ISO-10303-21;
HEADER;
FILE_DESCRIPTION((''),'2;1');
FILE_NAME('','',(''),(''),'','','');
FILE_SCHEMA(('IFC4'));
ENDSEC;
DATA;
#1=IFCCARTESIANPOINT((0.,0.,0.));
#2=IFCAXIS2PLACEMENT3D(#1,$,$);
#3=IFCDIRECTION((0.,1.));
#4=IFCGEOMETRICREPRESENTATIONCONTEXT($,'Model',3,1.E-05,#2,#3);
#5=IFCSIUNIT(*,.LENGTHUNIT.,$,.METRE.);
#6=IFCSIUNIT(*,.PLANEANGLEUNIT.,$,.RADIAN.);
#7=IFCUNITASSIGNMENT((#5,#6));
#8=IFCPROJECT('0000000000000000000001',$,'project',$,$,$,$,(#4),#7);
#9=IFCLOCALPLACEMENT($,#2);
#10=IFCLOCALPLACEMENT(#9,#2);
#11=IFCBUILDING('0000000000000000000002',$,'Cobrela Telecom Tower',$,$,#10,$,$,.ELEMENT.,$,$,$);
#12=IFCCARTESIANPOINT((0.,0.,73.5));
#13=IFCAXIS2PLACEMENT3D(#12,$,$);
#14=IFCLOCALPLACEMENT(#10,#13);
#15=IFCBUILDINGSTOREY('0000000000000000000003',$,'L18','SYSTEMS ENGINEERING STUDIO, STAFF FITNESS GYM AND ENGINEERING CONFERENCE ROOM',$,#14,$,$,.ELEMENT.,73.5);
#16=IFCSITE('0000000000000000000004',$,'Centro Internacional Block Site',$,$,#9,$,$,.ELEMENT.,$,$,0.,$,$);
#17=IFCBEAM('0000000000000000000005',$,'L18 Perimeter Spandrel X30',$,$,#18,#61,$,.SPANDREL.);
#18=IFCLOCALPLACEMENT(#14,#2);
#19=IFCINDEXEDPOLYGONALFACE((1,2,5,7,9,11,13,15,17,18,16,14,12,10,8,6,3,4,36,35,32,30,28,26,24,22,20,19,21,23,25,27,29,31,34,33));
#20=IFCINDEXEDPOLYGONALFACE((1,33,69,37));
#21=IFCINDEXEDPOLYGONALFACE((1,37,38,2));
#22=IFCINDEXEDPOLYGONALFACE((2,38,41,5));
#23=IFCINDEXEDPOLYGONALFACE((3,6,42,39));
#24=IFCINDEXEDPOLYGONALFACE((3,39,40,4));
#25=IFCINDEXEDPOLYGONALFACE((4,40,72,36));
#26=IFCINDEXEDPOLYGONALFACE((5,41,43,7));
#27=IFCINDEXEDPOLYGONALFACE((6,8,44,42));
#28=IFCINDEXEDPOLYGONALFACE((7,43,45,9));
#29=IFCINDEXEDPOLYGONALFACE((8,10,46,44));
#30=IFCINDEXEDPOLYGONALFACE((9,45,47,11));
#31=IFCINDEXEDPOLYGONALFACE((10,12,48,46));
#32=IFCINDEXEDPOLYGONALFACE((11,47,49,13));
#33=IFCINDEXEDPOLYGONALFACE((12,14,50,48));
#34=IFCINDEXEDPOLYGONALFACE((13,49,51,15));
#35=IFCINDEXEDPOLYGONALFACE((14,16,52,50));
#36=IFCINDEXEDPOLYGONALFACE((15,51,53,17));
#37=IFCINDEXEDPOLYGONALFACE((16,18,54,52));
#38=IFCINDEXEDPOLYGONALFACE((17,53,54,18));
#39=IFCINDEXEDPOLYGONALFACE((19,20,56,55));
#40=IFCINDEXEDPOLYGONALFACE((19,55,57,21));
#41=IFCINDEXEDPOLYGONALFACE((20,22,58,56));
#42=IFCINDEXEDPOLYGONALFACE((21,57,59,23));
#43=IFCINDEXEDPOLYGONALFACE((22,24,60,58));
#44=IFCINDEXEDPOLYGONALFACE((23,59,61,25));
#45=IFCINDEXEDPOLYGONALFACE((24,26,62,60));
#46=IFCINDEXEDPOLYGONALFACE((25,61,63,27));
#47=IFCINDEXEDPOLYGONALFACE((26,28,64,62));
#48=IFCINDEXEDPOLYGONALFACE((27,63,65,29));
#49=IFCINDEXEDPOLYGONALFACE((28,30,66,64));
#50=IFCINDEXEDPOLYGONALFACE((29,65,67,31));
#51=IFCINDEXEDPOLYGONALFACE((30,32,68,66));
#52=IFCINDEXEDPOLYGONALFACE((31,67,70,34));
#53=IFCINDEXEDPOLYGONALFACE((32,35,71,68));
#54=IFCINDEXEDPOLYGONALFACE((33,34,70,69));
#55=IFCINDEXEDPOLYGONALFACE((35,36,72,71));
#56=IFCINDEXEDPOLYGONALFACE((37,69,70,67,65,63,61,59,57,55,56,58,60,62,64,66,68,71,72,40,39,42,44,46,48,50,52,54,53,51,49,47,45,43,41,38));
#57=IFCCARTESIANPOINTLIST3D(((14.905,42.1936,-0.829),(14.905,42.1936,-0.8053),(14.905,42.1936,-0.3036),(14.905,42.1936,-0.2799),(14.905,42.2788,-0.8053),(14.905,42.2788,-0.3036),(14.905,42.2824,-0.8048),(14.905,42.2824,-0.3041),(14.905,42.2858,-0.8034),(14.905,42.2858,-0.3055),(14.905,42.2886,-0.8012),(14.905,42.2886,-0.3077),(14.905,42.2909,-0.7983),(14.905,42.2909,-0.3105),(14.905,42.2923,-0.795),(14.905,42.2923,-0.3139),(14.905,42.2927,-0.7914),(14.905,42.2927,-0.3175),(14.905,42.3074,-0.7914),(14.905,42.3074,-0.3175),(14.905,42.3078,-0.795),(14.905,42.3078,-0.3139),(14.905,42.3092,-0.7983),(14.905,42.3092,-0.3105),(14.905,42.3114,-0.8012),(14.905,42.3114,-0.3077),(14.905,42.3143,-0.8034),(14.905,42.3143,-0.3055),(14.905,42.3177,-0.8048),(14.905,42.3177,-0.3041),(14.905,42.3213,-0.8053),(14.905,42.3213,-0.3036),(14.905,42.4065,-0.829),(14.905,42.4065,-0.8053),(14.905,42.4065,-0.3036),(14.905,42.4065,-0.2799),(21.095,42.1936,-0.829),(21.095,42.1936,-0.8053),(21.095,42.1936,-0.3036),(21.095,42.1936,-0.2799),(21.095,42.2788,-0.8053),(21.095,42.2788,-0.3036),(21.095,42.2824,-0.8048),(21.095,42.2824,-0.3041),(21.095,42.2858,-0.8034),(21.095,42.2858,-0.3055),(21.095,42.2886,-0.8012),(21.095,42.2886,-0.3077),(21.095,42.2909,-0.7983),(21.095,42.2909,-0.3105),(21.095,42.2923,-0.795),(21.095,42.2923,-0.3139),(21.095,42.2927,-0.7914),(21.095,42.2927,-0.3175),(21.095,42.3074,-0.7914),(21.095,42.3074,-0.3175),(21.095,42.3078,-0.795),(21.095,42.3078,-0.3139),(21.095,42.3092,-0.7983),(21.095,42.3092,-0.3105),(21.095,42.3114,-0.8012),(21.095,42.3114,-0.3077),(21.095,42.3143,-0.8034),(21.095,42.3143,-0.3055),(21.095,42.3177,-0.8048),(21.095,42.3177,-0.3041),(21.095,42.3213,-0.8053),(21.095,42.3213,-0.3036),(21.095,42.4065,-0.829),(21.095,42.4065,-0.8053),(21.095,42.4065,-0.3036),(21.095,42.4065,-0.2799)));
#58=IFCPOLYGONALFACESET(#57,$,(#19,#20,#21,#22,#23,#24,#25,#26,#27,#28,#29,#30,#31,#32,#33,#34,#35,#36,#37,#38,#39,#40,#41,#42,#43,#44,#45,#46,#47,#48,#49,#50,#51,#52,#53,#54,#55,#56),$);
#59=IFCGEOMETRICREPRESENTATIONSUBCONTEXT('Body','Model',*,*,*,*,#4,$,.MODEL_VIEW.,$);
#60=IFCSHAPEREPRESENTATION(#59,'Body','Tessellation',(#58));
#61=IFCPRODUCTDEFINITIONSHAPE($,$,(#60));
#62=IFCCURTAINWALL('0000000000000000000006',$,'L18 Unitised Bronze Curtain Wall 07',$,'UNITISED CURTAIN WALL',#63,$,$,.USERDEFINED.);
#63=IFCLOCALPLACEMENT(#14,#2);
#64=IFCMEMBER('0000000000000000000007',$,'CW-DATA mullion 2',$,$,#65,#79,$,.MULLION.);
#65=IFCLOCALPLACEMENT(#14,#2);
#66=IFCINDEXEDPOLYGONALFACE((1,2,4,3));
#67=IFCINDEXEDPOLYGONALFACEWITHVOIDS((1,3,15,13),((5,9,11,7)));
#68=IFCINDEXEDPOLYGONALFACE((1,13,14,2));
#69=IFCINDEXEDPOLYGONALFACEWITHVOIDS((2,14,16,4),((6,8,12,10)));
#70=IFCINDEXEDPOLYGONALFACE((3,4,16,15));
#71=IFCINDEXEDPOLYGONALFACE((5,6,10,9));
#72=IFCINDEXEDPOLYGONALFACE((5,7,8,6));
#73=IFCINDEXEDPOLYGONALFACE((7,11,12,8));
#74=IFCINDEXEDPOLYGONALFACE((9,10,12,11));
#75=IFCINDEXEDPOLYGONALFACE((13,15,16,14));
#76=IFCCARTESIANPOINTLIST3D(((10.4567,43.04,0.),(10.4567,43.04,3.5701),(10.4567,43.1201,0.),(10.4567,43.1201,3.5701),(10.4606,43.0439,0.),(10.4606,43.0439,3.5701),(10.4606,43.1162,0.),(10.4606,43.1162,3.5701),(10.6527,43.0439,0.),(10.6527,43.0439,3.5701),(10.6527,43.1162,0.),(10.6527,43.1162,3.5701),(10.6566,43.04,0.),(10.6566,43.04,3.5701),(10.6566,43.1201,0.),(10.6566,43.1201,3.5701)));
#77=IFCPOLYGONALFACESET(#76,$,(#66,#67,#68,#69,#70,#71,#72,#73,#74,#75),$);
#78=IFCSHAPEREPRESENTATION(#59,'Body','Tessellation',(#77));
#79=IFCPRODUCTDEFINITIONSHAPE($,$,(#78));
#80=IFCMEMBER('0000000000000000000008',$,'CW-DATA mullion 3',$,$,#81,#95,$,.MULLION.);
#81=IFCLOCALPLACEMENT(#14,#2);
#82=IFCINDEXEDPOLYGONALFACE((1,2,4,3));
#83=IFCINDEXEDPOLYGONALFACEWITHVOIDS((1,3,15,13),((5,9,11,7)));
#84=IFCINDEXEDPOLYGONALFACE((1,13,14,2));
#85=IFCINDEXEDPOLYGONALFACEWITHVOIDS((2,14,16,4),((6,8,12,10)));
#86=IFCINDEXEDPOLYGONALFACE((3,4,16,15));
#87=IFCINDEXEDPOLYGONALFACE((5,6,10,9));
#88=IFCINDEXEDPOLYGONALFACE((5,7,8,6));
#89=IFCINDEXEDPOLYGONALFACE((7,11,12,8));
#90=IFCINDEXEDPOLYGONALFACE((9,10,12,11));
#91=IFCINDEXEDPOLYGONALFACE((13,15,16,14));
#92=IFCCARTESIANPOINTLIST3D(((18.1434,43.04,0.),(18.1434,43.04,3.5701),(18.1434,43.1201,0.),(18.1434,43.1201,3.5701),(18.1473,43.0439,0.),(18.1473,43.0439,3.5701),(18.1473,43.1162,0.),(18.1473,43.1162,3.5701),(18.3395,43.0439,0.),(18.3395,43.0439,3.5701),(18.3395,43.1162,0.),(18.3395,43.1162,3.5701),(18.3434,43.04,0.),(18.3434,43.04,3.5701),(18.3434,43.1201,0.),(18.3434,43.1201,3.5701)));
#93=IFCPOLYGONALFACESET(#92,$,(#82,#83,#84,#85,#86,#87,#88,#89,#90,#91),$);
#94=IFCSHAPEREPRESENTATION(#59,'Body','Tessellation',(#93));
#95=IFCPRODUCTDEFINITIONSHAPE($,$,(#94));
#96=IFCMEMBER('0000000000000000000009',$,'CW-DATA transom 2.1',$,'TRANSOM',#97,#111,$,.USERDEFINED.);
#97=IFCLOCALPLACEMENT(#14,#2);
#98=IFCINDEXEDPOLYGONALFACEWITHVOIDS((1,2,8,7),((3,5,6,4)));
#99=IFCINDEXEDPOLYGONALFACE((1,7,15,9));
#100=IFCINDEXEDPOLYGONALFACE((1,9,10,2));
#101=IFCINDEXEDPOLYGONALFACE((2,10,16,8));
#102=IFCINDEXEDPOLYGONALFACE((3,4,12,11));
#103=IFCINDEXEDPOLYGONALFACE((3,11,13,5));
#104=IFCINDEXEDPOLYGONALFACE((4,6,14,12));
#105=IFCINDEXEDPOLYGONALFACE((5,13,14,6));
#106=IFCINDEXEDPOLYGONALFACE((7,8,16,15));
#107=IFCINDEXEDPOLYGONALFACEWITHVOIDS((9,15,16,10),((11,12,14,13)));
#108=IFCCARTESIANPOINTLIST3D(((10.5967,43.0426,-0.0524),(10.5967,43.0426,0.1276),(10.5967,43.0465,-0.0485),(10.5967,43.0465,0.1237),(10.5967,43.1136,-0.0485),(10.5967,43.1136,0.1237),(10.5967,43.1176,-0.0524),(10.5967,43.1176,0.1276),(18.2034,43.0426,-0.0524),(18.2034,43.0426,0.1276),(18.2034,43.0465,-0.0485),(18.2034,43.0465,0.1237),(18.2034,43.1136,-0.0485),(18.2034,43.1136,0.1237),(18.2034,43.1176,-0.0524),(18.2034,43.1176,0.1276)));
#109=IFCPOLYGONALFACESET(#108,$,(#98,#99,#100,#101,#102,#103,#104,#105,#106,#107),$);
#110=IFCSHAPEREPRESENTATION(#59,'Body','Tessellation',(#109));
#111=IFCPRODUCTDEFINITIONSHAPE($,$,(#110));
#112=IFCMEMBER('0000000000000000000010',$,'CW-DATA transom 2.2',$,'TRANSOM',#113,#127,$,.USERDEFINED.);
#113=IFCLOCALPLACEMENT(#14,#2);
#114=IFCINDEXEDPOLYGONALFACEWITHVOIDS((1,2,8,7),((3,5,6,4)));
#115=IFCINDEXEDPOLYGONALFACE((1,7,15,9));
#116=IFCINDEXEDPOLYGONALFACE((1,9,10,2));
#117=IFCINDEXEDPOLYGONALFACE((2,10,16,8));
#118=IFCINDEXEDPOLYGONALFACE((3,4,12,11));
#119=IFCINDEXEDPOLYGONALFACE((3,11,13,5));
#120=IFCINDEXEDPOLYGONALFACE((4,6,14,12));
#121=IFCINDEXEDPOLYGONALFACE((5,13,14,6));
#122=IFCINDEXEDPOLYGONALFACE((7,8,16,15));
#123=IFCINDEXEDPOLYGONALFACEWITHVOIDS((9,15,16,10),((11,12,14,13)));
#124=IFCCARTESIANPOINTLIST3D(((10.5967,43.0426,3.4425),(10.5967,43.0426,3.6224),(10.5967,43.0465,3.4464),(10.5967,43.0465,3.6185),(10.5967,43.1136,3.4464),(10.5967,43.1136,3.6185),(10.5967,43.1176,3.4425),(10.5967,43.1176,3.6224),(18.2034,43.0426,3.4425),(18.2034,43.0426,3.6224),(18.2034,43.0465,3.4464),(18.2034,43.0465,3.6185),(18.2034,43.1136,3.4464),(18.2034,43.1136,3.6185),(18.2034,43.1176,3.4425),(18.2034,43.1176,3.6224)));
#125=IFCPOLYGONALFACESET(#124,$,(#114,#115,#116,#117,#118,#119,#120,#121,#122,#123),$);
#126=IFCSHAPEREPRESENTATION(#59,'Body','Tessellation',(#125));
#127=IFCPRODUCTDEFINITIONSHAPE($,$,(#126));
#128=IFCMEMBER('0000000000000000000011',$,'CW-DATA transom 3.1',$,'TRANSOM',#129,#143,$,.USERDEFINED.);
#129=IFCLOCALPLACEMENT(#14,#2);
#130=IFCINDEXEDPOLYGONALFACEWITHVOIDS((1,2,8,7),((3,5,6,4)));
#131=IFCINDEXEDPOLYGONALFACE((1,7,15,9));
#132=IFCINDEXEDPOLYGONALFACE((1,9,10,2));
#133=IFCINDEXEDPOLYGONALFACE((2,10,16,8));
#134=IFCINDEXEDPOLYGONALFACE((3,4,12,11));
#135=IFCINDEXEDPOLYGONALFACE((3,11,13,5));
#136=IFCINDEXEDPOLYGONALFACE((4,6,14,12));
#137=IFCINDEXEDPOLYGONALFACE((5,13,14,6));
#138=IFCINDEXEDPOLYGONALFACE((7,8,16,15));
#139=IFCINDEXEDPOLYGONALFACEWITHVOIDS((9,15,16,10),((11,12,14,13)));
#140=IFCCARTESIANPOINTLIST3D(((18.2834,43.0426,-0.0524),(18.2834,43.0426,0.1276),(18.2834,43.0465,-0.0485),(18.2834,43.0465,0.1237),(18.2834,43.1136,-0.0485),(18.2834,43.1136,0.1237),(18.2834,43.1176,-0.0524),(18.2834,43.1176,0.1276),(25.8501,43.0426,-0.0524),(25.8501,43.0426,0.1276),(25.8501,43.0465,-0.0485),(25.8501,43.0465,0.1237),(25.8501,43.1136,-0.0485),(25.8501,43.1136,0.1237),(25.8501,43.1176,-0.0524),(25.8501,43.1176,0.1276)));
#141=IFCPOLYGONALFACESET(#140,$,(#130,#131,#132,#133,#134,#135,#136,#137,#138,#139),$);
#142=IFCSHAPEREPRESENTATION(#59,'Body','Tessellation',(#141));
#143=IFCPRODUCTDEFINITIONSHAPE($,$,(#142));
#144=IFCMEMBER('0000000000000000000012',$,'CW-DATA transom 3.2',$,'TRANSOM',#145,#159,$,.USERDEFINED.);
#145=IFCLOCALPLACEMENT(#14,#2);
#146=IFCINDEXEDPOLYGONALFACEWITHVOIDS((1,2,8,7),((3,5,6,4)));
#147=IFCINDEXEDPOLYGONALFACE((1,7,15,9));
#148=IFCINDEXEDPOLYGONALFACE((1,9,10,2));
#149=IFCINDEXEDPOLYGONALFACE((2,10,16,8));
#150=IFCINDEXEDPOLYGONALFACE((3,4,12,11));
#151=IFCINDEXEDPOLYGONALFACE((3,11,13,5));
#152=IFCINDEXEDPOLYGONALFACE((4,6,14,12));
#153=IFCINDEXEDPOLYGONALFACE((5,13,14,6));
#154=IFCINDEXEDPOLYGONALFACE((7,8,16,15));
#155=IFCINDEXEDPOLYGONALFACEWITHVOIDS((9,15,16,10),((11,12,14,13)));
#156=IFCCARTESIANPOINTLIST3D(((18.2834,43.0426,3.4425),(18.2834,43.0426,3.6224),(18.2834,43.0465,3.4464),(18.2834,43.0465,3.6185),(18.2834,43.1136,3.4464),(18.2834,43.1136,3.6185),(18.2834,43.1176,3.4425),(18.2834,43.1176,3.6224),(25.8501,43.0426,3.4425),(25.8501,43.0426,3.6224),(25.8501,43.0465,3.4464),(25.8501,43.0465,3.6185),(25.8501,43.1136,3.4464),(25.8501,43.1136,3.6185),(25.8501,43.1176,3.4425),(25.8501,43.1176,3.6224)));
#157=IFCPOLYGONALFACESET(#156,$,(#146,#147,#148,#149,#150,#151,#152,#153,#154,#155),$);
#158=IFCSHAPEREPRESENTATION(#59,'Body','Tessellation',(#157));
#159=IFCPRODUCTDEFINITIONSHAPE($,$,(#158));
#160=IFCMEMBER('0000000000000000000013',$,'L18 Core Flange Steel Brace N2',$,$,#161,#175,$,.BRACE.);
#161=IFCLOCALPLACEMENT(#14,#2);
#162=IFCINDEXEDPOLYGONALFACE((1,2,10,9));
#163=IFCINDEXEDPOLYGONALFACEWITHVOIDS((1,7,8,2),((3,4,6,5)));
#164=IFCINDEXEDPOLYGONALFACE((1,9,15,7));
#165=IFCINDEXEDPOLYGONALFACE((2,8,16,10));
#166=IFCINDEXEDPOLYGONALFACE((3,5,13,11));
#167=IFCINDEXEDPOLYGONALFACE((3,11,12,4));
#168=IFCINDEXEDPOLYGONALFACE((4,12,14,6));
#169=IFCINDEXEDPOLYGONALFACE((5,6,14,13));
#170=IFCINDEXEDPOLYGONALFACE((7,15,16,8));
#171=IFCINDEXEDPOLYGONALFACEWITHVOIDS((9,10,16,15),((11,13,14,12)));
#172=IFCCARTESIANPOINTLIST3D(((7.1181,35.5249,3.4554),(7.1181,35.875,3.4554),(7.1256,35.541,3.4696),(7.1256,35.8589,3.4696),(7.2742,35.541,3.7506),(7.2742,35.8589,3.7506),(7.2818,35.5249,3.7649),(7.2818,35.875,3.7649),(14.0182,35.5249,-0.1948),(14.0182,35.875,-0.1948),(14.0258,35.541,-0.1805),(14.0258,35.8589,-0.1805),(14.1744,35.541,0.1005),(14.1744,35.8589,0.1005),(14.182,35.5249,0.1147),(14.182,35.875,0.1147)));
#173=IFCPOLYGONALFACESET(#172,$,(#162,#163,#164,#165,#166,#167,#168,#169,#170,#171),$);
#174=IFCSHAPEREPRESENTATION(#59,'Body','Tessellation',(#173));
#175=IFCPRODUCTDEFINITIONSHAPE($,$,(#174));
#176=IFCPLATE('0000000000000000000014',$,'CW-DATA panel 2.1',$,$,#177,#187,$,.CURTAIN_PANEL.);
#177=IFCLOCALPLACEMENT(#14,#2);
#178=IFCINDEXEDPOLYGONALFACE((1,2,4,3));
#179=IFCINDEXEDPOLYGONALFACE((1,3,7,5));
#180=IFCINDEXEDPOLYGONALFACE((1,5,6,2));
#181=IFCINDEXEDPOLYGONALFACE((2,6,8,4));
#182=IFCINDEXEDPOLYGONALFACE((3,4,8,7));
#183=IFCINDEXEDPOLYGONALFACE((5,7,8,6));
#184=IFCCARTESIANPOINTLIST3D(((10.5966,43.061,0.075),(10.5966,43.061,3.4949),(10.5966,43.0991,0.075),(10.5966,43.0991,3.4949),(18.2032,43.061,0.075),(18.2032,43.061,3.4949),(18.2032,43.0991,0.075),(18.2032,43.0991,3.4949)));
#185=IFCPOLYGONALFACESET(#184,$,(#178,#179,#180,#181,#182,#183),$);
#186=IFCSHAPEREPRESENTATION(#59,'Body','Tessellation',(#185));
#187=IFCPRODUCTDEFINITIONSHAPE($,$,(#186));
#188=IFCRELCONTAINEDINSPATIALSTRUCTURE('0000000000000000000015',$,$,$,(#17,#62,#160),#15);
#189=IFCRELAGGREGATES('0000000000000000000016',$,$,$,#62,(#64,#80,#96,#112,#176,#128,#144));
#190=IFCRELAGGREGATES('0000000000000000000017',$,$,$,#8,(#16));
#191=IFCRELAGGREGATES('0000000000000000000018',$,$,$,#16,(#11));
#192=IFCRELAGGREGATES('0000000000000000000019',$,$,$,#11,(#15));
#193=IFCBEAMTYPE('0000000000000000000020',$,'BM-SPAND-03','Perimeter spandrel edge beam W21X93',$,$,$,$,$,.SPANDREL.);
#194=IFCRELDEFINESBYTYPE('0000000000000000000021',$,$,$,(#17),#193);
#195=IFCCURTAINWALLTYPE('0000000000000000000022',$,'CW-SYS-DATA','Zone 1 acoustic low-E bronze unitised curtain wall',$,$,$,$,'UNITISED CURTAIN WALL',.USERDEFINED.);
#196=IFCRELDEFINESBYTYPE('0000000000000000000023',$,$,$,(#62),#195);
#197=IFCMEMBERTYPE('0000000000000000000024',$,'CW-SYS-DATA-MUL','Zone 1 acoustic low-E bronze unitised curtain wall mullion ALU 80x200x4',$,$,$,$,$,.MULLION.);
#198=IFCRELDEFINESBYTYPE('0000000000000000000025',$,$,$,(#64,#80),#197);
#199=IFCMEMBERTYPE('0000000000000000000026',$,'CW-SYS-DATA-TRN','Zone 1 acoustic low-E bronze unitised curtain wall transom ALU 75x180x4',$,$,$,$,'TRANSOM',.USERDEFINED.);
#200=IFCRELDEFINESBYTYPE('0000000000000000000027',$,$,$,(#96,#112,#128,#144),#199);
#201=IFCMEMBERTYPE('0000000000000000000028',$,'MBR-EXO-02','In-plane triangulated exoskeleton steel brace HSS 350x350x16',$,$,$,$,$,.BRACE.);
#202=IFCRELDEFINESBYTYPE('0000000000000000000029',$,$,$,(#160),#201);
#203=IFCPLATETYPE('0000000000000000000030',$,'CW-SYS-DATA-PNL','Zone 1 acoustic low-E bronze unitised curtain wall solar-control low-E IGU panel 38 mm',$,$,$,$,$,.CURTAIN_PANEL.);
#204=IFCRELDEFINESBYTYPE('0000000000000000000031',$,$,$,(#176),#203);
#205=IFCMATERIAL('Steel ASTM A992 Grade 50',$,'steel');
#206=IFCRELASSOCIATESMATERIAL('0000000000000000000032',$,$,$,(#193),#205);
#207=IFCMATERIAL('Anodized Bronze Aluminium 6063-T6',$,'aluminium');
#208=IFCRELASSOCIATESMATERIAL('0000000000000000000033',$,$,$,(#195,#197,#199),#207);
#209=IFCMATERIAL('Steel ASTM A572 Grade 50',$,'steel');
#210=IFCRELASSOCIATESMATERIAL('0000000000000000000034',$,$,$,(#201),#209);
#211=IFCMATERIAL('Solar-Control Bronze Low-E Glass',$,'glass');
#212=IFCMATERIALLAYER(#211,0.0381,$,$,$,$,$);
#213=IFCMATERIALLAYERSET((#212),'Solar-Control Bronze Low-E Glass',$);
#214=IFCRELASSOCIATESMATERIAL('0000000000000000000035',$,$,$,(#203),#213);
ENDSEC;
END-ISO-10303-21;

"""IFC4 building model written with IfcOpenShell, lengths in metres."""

from ifc_helpers import new_model, si_unit, direction, frame, origin, origin_2d, place, context, subcontext, project, spatial, rectangle, hollow_rectangle, i_section, extrude, material, layer, layer_set, material_profile, profile_set, type_object, element, aggregate, save


model = new_model("IFC4")

# Units and contexts
model_context = context("Model", 3, precision=1e-05, world=origin(), true_north=direction((0.0, 1.0)))
body_context = subcontext(model_context, "Body", "Model", "MODEL_VIEW")
ifc_project = project(units=[si_unit("LENGTHUNIT", "METRE"), si_unit("PLANEANGLEUNIT", "RADIAN")], contexts=[model_context])

# Site, building, storey
site_placement = place(None, origin())
site = spatial("IfcSite", under=ifc_project, at=site_placement, Name="Centro Internacional Block Site", CompositionType="ELEMENT", RefElevation=0.0)
building_placement = place(site_placement, origin())
building = spatial("IfcBuilding", under=site, at=building_placement, Name="Cobrela Telecom Tower", CompositionType="ELEMENT")
storey_placement = place(building_placement, frame((0.0, 0.0, 73.5)))
storey = spatial("IfcBuildingStorey", under=building, at=storey_placement, Name="L18", Description="SYSTEMS ENGINEERING STUDIO, STAFF FITNESS GYM AND ENGINEERING CONFERENCE ROOM", CompositionType="ELEMENT", Elevation=73.5)

# Shared definitions
ifc_material_1 = material(Name="Steel ASTM A572 Grade 50", Category="steel")

# Beam
ifc_material_2 = material(Name="Steel ASTM A992 Grade 50", Category="steel")
ifc_material_profile_1 = material_profile(ifc_material_2, i_section(OverallWidth=0.2129, OverallDepth=0.5491, WebThickness=0.0146, FlangeThickness=0.0237, FilletRadius=0.0139, at=origin_2d()), Name="W21X93")
ifc_profile_set_1 = profile_set([ifc_material_profile_1], Name="Steel ASTM A992 Grade 50")
beam_type_1 = type_object("IfcBeamType", Name="BM-SPAND-03", Description="Perimeter spandrel edge beam W21X93", PredefinedType="SPANDREL", material=ifc_profile_set_1)
beam_1_placement = place(storey_placement, frame((14.905, 42.3, -0.5544), z_axis=(1.0, 0.0, 0.0), x_axis=(0.0, 1.0, 0.0)))
element("IfcBeam", 1, at=beam_1_placement, inside=storey, type_object=beam_type_1, Name="L18 Perimeter Spandrel X30", PredefinedType="SPANDREL", context=body_context, shape_type="SweptSolid", body=[
    extrude(i_section(OverallWidth=0.2129, OverallDepth=0.5491, WebThickness=0.0146, FlangeThickness=0.0237, FilletRadius=0.0139, at=origin_2d()), origin(), (0.0, 0.0, 1.0), 6.1899),
])

# Curtain wall, members
ifc_material_3 = material(Name="Anodized Bronze Aluminium 6063-T6", Category="aluminium")
curtain_wall_type = type_object("IfcCurtainWallType", Name="CW-SYS-DATA", Description="Zone 1 acoustic low-E bronze unitised curtain wall", ElementType="UNITISED CURTAIN WALL", PredefinedType="USERDEFINED", material=ifc_material_3)
curtain_wall_placement = place(storey_placement, origin())
curtain_wall = element("IfcCurtainWall", 2, at=curtain_wall_placement, inside=storey, type_object=curtain_wall_type, Name="L18 Unitised Bronze Curtain Wall 07", ObjectType="UNITISED CURTAIN WALL", PredefinedType="USERDEFINED")
ifc_material_profile_2 = material_profile(ifc_material_3, hollow_rectangle(XDim=0.0801, YDim=0.2, WallThickness=0.0039, at=origin_2d()), Name="ALU 80x200x4")
ifc_profile_set_2 = profile_set([ifc_material_profile_2], Name="Anodized Bronze Aluminium 6063-T6")
member_type_1 = type_object("IfcMemberType", Name="CW-SYS-DATA-MUL", Description="Zone 1 acoustic low-E bronze unitised curtain wall mullion ALU 80x200x4", PredefinedType="MULLION", material=ifc_profile_set_2)
member_1_placement = place(storey_placement, frame((10.5566, 43.0801, 0.0), z_axis=(0.0, 0.0, 1.0), x_axis=(0.0, 1.0, 0.0)))
member_1 = element("IfcMember", 3, at=member_1_placement, type_object=member_type_1, Name="CW-DATA mullion 2", PredefinedType="MULLION", context=body_context, shape_type="SweptSolid", body=[
    extrude(hollow_rectangle(XDim=0.0801, YDim=0.2, WallThickness=0.0039, at=origin_2d()), origin(), (0.0, 0.0, 1.0), 3.5701),
])
member_2_placement = place(storey_placement, frame((18.2434, 43.0801, 0.0), z_axis=(0.0, 0.0, 1.0), x_axis=(0.0, 1.0, 0.0)))
member_2 = element("IfcMember", 4, at=member_2_placement, type_object=member_type_1, Name="CW-DATA mullion 3", PredefinedType="MULLION", context=body_context, shape_type="SweptSolid", body=[
    extrude(hollow_rectangle(XDim=0.0801, YDim=0.2, WallThickness=0.0039, at=origin_2d()), origin(), (0.0, 0.0, 1.0), 3.5701),
])
ifc_material_profile_3 = material_profile(ifc_material_3, hollow_rectangle(XDim=0.075, YDim=0.1799, WallThickness=0.0039, at=origin_2d()), Name="ALU 75x180x4")
ifc_profile_set_3 = profile_set([ifc_material_profile_3], Name="Anodized Bronze Aluminium 6063-T6")
member_type_2 = type_object("IfcMemberType", Name="CW-SYS-DATA-TRN", Description="Zone 1 acoustic low-E bronze unitised curtain wall transom ALU 75x180x4", ElementType="TRANSOM", PredefinedType="USERDEFINED", material=ifc_profile_set_3)
member_3_placement = place(storey_placement, frame((10.5967, 43.0801, 0.0376), z_axis=(1.0, 0.0, 0.0), x_axis=(0.0, 1.0, 0.0)))
member_3 = element("IfcMember", 5, at=member_3_placement, type_object=member_type_2, Name="CW-DATA transom 2.1", ObjectType="TRANSOM", PredefinedType="USERDEFINED", context=body_context, shape_type="SweptSolid", body=[
    extrude(hollow_rectangle(XDim=0.075, YDim=0.1799, WallThickness=0.0039, at=origin_2d()), origin(), (0.0, 0.0, 1.0), 7.6067),
])
member_4_placement = place(storey_placement, frame((10.5967, 43.0801, 3.5325), z_axis=(1.0, 0.0, 0.0), x_axis=(0.0, 1.0, 0.0)))
member_4 = element("IfcMember", 6, at=member_4_placement, type_object=member_type_2, Name="CW-DATA transom 2.2", ObjectType="TRANSOM", PredefinedType="USERDEFINED", context=body_context, shape_type="SweptSolid", body=[
    extrude(hollow_rectangle(XDim=0.075, YDim=0.1799, WallThickness=0.0039, at=origin_2d()), origin(), (0.0, 0.0, 1.0), 7.6067),
])
member_5_placement = place(storey_placement, frame((18.2834, 43.0801, 0.0376), z_axis=(1.0, 0.0, 0.0), x_axis=(0.0, 1.0, 0.0)))
member_5 = element("IfcMember", 7, at=member_5_placement, type_object=member_type_2, Name="CW-DATA transom 3.1", ObjectType="TRANSOM", PredefinedType="USERDEFINED", context=body_context, shape_type="SweptSolid", body=[
    extrude(hollow_rectangle(XDim=0.075, YDim=0.1799, WallThickness=0.0039, at=origin_2d()), origin(), (0.0, 0.0, 1.0), 7.5667),
])
member_6_placement = place(storey_placement, frame((18.2834, 43.0801, 3.5325), z_axis=(1.0, 0.0, 0.0), x_axis=(0.0, 1.0, 0.0)))
member_6 = element("IfcMember", 8, at=member_6_placement, type_object=member_type_2, Name="CW-DATA transom 3.2", ObjectType="TRANSOM", PredefinedType="USERDEFINED", context=body_context, shape_type="SweptSolid", body=[
    extrude(hollow_rectangle(XDim=0.075, YDim=0.1799, WallThickness=0.0039, at=origin_2d()), origin(), (0.0, 0.0, 1.0), 7.5667),
])

# Member
ifc_material_profile_4 = material_profile(ifc_material_1, hollow_rectangle(XDim=0.3501, YDim=0.3501, WallThickness=0.0161, at=origin_2d()), Name="HSS 350x350x16")
ifc_profile_set_4 = profile_set([ifc_material_profile_4], Name="Steel ASTM A572 Grade 50")
member_type_3 = type_object("IfcMemberType", Name="MBR-EXO-02", Description="In-plane triangulated exoskeleton steel brace HSS 350x350x16", PredefinedType="BRACE", material=ifc_profile_set_4)
member_7_placement = place(storey_placement, frame((14.1001, 35.7, -0.04), z_axis=(-0.88394, 0.0, 0.4676), x_axis=(0.0, -1.0, 0.0)))
element("IfcMember", 9, at=member_7_placement, inside=storey, type_object=member_type_3, Name="L18 Core Flange Steel Brace N2", PredefinedType="BRACE", context=body_context, shape_type="SweptSolid", body=[
    extrude(hollow_rectangle(XDim=0.3501, YDim=0.3501, WallThickness=0.0161, at=origin_2d()), origin(), (0.0, 0.0, 1.0), 7.8062),
])

# Plate
ifc_material_4 = material(Name="Solar-Control Bronze Low-E Glass", Category="glass")
ifc_layer_1 = layer(ifc_material_4, 0.0381)
ifc_layer_set_1 = layer_set([ifc_layer_1], Name="Solar-Control Bronze Low-E Glass")
plate_type = type_object("IfcPlateType", Name="CW-SYS-DATA-PNL", Description="Zone 1 acoustic low-E bronze unitised curtain wall solar-control low-E IGU panel 38 mm", PredefinedType="CURTAIN_PANEL", material=ifc_layer_set_1)
plate_placement = place(storey_placement, frame((14.3999, 43.0801, 0.075), z_axis=(0.0, 0.0, 1.0), x_axis=(1.0, 0.0, 0.0)))
plate = element("IfcPlate", 10, at=plate_placement, type_object=plate_type, Name="CW-DATA panel 2.1", PredefinedType="CURTAIN_PANEL", context=body_context, shape_type="SweptSolid", body=[
    extrude(rectangle(XDim=7.6067, YDim=0.0381, at=origin_2d()), origin(), (0.0, 0.0, 1.0), 3.4199),
])
aggregate(curtain_wall, [member_1, member_2, member_3, member_4, plate, member_5, member_6])

save(model, "model.ifc")
